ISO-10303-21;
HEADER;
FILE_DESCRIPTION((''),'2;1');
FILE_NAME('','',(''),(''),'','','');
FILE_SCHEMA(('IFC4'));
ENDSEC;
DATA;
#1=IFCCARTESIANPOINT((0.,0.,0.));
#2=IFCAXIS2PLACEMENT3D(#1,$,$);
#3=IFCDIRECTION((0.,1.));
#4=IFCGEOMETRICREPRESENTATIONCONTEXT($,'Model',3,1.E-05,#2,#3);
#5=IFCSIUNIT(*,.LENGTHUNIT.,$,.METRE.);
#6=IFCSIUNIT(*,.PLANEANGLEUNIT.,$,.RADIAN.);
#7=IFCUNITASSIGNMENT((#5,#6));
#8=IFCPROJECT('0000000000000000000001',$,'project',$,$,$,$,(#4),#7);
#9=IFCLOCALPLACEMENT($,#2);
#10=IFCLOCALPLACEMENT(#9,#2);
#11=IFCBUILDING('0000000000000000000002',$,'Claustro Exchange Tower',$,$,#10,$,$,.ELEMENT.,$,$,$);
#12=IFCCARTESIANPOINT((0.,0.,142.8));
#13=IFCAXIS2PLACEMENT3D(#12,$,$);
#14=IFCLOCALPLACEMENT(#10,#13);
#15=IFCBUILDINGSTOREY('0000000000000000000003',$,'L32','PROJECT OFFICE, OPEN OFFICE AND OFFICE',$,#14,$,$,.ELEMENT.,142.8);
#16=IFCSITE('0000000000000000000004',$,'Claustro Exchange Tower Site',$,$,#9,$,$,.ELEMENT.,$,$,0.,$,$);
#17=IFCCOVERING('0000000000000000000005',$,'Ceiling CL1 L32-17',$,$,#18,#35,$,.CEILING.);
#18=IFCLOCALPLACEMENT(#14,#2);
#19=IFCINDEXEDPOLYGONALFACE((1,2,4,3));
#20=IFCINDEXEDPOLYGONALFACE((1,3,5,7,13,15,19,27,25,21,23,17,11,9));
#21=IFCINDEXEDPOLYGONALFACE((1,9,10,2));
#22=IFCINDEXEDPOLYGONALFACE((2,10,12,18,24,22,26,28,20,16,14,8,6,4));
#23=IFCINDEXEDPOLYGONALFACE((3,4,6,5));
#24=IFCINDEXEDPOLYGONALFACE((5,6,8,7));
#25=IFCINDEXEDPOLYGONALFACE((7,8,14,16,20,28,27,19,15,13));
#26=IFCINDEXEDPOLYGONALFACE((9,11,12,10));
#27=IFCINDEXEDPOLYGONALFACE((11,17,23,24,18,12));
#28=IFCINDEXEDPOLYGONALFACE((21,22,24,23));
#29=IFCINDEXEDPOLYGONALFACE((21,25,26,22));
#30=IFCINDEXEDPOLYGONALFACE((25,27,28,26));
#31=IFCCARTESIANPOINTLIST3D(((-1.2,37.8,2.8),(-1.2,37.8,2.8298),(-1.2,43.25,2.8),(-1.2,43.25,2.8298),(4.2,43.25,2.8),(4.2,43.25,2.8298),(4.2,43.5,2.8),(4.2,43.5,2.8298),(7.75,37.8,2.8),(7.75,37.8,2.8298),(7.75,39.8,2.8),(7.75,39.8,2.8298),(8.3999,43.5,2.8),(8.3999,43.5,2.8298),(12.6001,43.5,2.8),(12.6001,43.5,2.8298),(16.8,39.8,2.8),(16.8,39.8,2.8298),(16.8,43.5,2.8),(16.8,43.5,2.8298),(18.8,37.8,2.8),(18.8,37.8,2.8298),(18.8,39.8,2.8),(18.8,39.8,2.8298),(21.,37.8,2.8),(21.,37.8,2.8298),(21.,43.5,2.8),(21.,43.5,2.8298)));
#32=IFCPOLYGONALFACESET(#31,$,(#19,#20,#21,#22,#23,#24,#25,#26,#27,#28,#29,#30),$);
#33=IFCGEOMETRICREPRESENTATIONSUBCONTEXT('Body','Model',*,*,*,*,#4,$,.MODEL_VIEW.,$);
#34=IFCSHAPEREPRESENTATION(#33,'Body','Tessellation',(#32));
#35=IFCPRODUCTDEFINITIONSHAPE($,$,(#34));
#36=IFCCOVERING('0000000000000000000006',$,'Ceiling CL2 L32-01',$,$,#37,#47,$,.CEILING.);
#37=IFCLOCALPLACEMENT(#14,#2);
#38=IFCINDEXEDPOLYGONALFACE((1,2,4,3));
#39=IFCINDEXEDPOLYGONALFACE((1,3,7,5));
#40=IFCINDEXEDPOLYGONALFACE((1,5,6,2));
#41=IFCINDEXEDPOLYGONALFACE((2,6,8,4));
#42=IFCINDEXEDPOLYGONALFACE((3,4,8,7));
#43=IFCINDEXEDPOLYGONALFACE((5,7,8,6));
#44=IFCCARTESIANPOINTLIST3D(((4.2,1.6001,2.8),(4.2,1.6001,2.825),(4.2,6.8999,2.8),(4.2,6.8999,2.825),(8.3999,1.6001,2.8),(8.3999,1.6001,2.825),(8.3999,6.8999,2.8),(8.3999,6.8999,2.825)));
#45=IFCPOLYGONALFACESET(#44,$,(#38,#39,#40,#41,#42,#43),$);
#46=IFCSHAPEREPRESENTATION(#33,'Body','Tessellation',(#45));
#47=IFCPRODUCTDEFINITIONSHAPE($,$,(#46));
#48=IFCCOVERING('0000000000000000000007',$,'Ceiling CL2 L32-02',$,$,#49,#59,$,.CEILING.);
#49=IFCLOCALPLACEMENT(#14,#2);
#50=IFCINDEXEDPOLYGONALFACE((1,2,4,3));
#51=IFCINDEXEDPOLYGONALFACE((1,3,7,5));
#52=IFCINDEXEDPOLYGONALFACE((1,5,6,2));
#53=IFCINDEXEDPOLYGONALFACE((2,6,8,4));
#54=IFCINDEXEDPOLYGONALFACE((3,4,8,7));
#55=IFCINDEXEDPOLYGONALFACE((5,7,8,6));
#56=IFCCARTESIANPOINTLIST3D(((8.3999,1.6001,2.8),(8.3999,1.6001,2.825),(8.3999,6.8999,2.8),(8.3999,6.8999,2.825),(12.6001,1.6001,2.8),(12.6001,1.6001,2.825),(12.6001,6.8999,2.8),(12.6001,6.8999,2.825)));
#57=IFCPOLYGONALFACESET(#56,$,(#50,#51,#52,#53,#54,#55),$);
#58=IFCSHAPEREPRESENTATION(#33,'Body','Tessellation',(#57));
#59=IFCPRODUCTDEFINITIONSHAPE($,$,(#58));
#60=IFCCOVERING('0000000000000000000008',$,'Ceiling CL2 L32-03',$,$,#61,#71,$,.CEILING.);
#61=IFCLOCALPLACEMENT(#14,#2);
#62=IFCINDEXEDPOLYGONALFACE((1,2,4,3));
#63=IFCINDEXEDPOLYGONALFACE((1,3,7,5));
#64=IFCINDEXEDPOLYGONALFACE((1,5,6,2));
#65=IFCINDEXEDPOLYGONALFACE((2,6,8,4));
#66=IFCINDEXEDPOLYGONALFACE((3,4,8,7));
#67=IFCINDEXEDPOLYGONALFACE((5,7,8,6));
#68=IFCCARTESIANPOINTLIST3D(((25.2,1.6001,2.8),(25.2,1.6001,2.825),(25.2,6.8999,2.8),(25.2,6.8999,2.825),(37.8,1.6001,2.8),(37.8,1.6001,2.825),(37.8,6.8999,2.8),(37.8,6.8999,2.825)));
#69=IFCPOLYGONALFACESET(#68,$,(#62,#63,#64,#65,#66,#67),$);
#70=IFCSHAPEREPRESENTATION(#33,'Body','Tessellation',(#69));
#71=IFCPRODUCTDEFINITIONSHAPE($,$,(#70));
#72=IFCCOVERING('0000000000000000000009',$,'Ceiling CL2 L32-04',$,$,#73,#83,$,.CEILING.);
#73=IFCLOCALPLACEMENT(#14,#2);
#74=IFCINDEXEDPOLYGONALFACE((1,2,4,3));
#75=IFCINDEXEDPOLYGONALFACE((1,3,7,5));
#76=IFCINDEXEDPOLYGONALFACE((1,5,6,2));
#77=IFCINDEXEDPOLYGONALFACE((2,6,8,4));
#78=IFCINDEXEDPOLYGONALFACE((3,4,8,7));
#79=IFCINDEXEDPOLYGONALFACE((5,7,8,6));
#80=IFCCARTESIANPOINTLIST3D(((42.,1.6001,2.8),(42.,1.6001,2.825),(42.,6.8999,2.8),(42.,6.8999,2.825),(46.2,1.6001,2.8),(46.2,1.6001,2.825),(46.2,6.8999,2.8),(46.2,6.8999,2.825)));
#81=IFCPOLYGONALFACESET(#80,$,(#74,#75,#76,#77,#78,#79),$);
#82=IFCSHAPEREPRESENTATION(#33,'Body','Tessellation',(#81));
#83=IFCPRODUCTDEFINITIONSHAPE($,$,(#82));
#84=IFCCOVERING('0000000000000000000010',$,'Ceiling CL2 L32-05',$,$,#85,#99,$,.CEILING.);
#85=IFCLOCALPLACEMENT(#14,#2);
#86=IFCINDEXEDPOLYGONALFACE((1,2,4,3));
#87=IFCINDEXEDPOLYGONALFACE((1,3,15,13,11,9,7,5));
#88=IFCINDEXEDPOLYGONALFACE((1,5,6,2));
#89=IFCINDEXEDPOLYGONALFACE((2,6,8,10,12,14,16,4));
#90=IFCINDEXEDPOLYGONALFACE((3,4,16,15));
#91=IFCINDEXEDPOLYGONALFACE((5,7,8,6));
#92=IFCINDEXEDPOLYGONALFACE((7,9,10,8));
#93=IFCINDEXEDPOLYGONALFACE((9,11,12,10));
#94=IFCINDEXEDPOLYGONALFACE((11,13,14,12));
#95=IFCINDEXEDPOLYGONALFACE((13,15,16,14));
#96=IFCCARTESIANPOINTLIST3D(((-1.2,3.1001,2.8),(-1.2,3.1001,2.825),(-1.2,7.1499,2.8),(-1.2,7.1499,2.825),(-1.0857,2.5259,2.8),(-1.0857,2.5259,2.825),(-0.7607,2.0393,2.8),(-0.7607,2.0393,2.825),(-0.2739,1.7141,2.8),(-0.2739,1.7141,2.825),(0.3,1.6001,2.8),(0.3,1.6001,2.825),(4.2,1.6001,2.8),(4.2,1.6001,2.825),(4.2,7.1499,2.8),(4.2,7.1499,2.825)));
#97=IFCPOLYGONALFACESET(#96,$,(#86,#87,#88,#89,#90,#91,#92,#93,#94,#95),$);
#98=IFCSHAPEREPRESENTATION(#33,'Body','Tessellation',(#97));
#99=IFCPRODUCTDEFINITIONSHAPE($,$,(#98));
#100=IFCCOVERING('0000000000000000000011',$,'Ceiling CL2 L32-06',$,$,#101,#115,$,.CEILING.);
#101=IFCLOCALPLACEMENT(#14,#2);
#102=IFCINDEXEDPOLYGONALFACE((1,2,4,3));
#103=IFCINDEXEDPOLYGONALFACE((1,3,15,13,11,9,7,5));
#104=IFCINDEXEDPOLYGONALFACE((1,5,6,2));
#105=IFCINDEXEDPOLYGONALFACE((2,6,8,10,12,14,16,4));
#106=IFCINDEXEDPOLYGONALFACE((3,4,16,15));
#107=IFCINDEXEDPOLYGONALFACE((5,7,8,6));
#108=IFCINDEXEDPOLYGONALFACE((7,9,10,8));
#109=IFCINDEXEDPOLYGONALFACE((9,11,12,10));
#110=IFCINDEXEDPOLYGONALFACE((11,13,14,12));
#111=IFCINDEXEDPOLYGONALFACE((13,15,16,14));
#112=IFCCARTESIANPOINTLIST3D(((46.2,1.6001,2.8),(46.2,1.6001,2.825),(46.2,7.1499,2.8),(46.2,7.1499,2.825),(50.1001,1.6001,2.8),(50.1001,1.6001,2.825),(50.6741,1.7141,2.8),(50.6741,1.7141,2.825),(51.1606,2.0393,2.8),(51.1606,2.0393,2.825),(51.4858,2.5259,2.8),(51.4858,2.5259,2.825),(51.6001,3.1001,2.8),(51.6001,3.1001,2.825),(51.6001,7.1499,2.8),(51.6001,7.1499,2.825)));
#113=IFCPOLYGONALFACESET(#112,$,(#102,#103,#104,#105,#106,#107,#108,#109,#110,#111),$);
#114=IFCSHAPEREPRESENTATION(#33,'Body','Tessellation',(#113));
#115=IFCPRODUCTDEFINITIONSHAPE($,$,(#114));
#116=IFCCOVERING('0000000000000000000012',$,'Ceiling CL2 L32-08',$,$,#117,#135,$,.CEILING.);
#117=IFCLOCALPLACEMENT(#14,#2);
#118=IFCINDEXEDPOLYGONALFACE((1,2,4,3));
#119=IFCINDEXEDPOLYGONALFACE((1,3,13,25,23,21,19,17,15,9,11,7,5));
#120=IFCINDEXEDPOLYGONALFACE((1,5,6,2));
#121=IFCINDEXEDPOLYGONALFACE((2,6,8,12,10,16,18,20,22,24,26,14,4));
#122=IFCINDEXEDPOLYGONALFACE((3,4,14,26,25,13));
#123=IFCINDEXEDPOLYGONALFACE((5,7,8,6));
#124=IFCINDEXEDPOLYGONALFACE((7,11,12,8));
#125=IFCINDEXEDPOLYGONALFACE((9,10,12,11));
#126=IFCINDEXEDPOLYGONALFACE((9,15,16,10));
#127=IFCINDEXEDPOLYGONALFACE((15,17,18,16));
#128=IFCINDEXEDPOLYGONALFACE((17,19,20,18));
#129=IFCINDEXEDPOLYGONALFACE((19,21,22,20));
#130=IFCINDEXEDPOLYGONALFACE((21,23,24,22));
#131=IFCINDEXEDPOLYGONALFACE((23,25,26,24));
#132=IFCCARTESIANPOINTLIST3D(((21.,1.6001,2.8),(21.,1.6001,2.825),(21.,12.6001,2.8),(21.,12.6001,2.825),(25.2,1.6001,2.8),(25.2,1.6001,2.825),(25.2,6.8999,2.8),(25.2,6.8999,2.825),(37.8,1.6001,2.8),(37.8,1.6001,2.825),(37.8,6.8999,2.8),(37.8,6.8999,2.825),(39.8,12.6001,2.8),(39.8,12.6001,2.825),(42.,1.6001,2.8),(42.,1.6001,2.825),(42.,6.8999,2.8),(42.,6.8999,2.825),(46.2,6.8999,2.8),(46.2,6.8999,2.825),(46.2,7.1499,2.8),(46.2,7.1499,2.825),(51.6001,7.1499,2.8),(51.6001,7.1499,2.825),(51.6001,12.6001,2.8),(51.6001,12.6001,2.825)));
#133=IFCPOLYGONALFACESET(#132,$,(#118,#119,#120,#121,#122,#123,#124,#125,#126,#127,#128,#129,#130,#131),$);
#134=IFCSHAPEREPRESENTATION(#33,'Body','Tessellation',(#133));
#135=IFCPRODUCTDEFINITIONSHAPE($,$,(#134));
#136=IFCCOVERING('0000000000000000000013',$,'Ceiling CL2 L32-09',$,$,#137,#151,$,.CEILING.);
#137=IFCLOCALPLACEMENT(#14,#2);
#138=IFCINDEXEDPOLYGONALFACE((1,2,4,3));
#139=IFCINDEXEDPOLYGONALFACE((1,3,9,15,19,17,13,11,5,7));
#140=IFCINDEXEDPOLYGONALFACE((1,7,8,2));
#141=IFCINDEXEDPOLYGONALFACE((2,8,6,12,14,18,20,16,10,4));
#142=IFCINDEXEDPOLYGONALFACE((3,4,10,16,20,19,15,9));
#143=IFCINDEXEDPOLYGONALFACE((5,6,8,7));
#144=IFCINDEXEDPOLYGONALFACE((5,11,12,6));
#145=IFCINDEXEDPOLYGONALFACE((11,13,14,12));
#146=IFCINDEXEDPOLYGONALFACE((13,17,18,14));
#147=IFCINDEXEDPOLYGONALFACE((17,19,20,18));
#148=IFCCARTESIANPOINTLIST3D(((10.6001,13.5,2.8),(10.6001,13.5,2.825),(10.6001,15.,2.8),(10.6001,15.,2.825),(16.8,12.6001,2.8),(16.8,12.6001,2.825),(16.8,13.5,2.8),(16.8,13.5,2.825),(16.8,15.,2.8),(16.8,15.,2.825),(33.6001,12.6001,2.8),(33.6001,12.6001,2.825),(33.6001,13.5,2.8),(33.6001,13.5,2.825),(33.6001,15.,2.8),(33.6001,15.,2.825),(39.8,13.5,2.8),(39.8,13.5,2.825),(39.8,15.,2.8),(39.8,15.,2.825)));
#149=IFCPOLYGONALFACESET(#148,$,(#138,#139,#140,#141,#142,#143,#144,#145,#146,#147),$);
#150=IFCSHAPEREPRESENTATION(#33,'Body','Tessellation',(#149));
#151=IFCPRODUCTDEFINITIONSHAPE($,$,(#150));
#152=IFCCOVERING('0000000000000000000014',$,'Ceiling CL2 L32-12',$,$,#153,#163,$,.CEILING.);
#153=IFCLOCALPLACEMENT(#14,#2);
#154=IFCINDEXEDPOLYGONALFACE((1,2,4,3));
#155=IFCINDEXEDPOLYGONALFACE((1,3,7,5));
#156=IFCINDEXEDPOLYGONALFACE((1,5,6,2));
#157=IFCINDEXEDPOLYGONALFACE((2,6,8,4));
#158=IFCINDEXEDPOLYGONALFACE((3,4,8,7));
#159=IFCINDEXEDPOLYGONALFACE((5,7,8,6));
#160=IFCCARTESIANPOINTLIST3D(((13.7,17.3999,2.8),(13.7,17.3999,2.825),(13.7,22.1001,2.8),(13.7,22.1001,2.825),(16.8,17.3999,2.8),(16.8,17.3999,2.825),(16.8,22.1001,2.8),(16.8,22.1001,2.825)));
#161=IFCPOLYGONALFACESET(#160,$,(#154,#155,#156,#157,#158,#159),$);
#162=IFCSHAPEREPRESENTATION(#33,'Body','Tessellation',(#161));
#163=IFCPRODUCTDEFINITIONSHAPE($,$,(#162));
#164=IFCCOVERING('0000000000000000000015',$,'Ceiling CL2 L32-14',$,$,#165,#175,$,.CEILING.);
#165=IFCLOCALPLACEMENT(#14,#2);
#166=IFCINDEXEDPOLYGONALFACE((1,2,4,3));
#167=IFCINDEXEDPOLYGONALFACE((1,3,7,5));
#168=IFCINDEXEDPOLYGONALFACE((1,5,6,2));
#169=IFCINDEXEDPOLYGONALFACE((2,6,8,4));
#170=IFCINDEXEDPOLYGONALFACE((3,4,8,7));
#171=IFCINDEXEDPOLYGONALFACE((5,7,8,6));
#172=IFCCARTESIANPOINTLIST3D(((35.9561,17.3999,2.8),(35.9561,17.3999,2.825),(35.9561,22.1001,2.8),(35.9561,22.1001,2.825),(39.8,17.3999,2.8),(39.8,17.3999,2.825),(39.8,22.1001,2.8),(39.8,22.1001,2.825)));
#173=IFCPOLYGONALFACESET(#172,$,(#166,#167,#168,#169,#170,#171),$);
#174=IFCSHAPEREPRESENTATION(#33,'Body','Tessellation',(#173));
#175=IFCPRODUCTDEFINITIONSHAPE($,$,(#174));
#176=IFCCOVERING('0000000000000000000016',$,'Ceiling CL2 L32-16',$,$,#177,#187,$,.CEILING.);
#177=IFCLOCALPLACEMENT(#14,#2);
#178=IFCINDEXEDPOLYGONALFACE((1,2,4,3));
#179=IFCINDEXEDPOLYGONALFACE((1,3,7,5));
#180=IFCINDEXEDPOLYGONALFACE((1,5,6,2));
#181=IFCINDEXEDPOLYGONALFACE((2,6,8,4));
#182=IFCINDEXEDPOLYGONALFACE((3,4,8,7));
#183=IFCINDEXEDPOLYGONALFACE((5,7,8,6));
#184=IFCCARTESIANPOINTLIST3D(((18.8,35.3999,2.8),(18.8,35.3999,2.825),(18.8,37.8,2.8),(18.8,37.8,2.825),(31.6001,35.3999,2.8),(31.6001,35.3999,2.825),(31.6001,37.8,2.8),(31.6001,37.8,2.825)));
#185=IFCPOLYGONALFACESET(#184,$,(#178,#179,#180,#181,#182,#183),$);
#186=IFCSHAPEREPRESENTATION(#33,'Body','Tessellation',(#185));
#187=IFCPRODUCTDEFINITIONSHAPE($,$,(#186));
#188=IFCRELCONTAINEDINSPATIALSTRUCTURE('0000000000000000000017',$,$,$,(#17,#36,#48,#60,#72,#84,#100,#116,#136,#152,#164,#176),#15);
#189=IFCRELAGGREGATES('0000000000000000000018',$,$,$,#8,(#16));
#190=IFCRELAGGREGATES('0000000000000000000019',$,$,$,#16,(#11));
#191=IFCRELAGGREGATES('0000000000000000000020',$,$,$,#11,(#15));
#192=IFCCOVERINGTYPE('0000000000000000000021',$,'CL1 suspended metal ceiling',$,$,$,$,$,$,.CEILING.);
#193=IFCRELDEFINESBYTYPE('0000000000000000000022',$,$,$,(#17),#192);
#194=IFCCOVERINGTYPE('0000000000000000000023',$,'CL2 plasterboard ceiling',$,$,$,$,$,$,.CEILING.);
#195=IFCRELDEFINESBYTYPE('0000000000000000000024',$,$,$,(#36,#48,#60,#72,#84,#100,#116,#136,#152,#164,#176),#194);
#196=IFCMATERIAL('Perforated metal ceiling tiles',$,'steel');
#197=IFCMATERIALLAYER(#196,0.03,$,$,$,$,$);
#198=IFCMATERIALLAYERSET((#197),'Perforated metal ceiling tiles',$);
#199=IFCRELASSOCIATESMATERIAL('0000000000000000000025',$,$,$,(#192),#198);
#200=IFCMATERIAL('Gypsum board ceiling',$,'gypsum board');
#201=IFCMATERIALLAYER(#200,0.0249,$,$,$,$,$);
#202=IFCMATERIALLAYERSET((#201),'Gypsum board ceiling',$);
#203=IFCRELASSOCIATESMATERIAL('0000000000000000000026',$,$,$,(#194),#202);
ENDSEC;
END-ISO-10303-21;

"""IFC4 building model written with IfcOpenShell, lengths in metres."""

from ifc_helpers import new_model, si_unit, direction, frame, origin, place, context, subcontext, project, spatial, polyline, outline, extrude, material, layer, layer_set, type_object, element, save


model = new_model("IFC4")

# Units and contexts
model_context = context("Model", 3, precision=1e-05, world=origin(), true_north=direction((0.0, 1.0)))
body_context = subcontext(model_context, "Body", "Model", "MODEL_VIEW")
ifc_project = project(units=[si_unit("LENGTHUNIT", "METRE"), si_unit("PLANEANGLEUNIT", "RADIAN")], contexts=[model_context])

# Site, building, storey
site_placement = place(None, origin())
site = spatial("IfcSite", under=ifc_project, at=site_placement, Name="Claustro Exchange Tower Site", CompositionType="ELEMENT", RefElevation=0.0)
building_placement = place(site_placement, origin())
building = spatial("IfcBuilding", under=site, at=building_placement, Name="Claustro Exchange Tower", CompositionType="ELEMENT")
storey_placement = place(building_placement, frame((0.0, 0.0, 142.8)))
storey = spatial("IfcBuildingStorey", under=building, at=storey_placement, Name="L32", Description="PROJECT OFFICE, OPEN OFFICE AND OFFICE", CompositionType="ELEMENT", Elevation=142.8)

# Coverings
ifc_material_1 = material(Name="Perforated metal ceiling tiles", Category="steel")
ifc_layer_1 = layer(ifc_material_1, 0.03)
ifc_layer_set_1 = layer_set([ifc_layer_1], Name="Perforated metal ceiling tiles")
covering_type_1 = type_object("IfcCoveringType", Name="CL1 suspended metal ceiling", PredefinedType="CEILING", material=ifc_layer_set_1)
covering_1_placement = place(storey_placement, frame((0.0, 0.0, 2.8)))
element("IfcCovering", 1, at=covering_1_placement, inside=storey, type_object=covering_type_1, Name="Ceiling CL1 L32-17", PredefinedType="CEILING", context=body_context, shape_type="SweptSolid", body=[
    extrude(outline(polyline([(-1.2, 43.25), (-1.2, 37.8), (7.75, 37.8), (7.75, 39.8), (16.8, 39.8), (18.8, 39.8), (18.8, 37.8), (21.0, 37.8), (21.0, 43.5), (16.8, 43.5), (12.6001, 43.5), (8.3999, 43.5), (4.2, 43.5), (4.2, 43.25), (-1.2, 43.25)])), origin(), (0.0, 0.0, 1.0), 0.0298),
])
ifc_material_2 = material(Name="Gypsum board ceiling", Category="gypsum board")
ifc_layer_2 = layer(ifc_material_2, 0.0249)
ifc_layer_set_2 = layer_set([ifc_layer_2], Name="Gypsum board ceiling")
covering_type_2 = type_object("IfcCoveringType", Name="CL2 plasterboard ceiling", PredefinedType="CEILING", material=ifc_layer_set_2)
covering_2_placement = place(storey_placement, frame((0.0, 0.0, 2.8)))
element("IfcCovering", 2, at=covering_2_placement, inside=storey, type_object=covering_type_2, Name="Ceiling CL2 L32-01", PredefinedType="CEILING", context=body_context, shape_type="SweptSolid", body=[
    extrude(outline(polyline([(4.2, 1.6001), (8.3999, 1.6001), (8.3999, 6.8999), (4.2, 6.8999), (4.2, 1.6001)])), origin(), (0.0, 0.0, 1.0), 0.0249),
])
covering_3_placement = place(storey_placement, frame((0.0, 0.0, 2.8)))
element("IfcCovering", 3, at=covering_3_placement, inside=storey, type_object=covering_type_2, Name="Ceiling CL2 L32-02", PredefinedType="CEILING", context=body_context, shape_type="SweptSolid", body=[
    extrude(outline(polyline([(8.3999, 1.6001), (12.6001, 1.6001), (12.6001, 6.8999), (8.3999, 6.8999), (8.3999, 1.6001)])), origin(), (0.0, 0.0, 1.0), 0.0249),
])
covering_4_placement = place(storey_placement, frame((0.0, 0.0, 2.8)))
element("IfcCovering", 4, at=covering_4_placement, inside=storey, type_object=covering_type_2, Name="Ceiling CL2 L32-03", PredefinedType="CEILING", context=body_context, shape_type="SweptSolid", body=[
    extrude(outline(polyline([(25.2, 1.6001), (37.8, 1.6001), (37.8, 6.8999), (25.2, 6.8999), (25.2, 1.6001)])), origin(), (0.0, 0.0, 1.0), 0.0249),
])
covering_5_placement = place(storey_placement, frame((0.0, 0.0, 2.8)))
element("IfcCovering", 5, at=covering_5_placement, inside=storey, type_object=covering_type_2, Name="Ceiling CL2 L32-04", PredefinedType="CEILING", context=body_context, shape_type="SweptSolid", body=[
    extrude(outline(polyline([(42.0, 1.6001), (46.2, 1.6001), (46.2, 6.8999), (42.0, 6.8999), (42.0, 1.6001)])), origin(), (0.0, 0.0, 1.0), 0.0249),
])
covering_6_placement = place(storey_placement, frame((0.0, 0.0, 2.8)))
element("IfcCovering", 6, at=covering_6_placement, inside=storey, type_object=covering_type_2, Name="Ceiling CL2 L32-05", PredefinedType="CEILING", context=body_context, shape_type="SweptSolid", body=[
    extrude(outline(polyline([(-1.0857, 2.5259), (-0.7607, 2.0393), (-0.2739, 1.7141), (0.3, 1.6001), (4.2, 1.6001), (4.2, 7.1499), (-1.2, 7.1499), (-1.2, 3.1001), (-1.0857, 2.5259)])), origin(), (0.0, 0.0, 1.0), 0.0249),
])
covering_7_placement = place(storey_placement, frame((0.0, 0.0, 2.8)))
element("IfcCovering", 7, at=covering_7_placement, inside=storey, type_object=covering_type_2, Name="Ceiling CL2 L32-06", PredefinedType="CEILING", context=body_context, shape_type="SweptSolid", body=[
    extrude(outline(polyline([(51.6001, 3.1001), (51.6001, 7.1499), (46.2, 7.1499), (46.2, 1.6001), (50.1001, 1.6001), (50.6741, 1.7141), (51.1606, 2.0393), (51.4858, 2.5259), (51.6001, 3.1001)])), origin(), (0.0, 0.0, 1.0), 0.0249),
])
covering_8_placement = place(storey_placement, frame((0.0, 0.0, 2.8)))
element("IfcCovering", 8, at=covering_8_placement, inside=storey, type_object=covering_type_2, Name="Ceiling CL2 L32-08", PredefinedType="CEILING", context=body_context, shape_type="SweptSolid", body=[
    extrude(outline(polyline([(51.6001, 12.6001), (39.8, 12.6001), (21.0, 12.6001), (21.0, 1.6001), (25.2, 1.6001), (25.2, 6.8999), (37.8, 6.8999), (37.8, 1.6001), (42.0, 1.6001), (42.0, 6.8999), (46.2, 6.8999), (46.2, 7.1499), (51.6001, 7.1499), (51.6001, 12.6001)])), origin(), (0.0, 0.0, 1.0), 0.0249),
])
covering_9_placement = place(storey_placement, frame((0.0, 0.0, 2.8)))
element("IfcCovering", 9, at=covering_9_placement, inside=storey, type_object=covering_type_2, Name="Ceiling CL2 L32-09", PredefinedType="CEILING", context=body_context, shape_type="SweptSolid", body=[
    extrude(outline(polyline([(10.6001, 15.0), (10.6001, 13.5), (16.8, 13.5), (16.8, 12.6001), (33.6001, 12.6001), (33.6001, 13.5), (39.8, 13.5), (39.8, 15.0), (33.6001, 15.0), (33.6001, 15.0), (16.8, 15.0), (16.8, 15.0), (10.6001, 15.0)])), origin(), (0.0, 0.0, 1.0), 0.0249),
])
covering_10_placement = place(storey_placement, frame((0.0, 0.0, 2.8)))
element("IfcCovering", 10, at=covering_10_placement, inside=storey, type_object=covering_type_2, Name="Ceiling CL2 L32-12", PredefinedType="CEILING", context=body_context, shape_type="SweptSolid", body=[
    extrude(outline(polyline([(16.8, 17.3999), (16.8, 22.1001), (13.7, 22.1001), (13.7, 17.3999), (16.8, 17.3999)])), origin(), (0.0, 0.0, 1.0), 0.0249),
])
covering_11_placement = place(storey_placement, frame((0.0, 0.0, 2.8)))
element("IfcCovering", 11, at=covering_11_placement, inside=storey, type_object=covering_type_2, Name="Ceiling CL2 L32-14", PredefinedType="CEILING", context=body_context, shape_type="SweptSolid", body=[
    extrude(outline(polyline([(39.8, 17.3999), (39.8, 22.1001), (35.9561, 22.1001), (35.9561, 17.3999), (39.8, 17.3999)])), origin(), (0.0, 0.0, 1.0), 0.0249),
])
covering_12_placement = place(storey_placement, frame((0.0, 0.0, 2.8)))
element("IfcCovering", 12, at=covering_12_placement, inside=storey, type_object=covering_type_2, Name="Ceiling CL2 L32-16", PredefinedType="CEILING", context=body_context, shape_type="SweptSolid", body=[
    extrude(outline(polyline([(18.8, 35.3999), (31.6001, 35.3999), (31.6001, 37.8), (18.8, 37.8), (18.8, 35.3999)])), origin(), (0.0, 0.0, 1.0), 0.0249),
])

save(model, "model.ifc")
